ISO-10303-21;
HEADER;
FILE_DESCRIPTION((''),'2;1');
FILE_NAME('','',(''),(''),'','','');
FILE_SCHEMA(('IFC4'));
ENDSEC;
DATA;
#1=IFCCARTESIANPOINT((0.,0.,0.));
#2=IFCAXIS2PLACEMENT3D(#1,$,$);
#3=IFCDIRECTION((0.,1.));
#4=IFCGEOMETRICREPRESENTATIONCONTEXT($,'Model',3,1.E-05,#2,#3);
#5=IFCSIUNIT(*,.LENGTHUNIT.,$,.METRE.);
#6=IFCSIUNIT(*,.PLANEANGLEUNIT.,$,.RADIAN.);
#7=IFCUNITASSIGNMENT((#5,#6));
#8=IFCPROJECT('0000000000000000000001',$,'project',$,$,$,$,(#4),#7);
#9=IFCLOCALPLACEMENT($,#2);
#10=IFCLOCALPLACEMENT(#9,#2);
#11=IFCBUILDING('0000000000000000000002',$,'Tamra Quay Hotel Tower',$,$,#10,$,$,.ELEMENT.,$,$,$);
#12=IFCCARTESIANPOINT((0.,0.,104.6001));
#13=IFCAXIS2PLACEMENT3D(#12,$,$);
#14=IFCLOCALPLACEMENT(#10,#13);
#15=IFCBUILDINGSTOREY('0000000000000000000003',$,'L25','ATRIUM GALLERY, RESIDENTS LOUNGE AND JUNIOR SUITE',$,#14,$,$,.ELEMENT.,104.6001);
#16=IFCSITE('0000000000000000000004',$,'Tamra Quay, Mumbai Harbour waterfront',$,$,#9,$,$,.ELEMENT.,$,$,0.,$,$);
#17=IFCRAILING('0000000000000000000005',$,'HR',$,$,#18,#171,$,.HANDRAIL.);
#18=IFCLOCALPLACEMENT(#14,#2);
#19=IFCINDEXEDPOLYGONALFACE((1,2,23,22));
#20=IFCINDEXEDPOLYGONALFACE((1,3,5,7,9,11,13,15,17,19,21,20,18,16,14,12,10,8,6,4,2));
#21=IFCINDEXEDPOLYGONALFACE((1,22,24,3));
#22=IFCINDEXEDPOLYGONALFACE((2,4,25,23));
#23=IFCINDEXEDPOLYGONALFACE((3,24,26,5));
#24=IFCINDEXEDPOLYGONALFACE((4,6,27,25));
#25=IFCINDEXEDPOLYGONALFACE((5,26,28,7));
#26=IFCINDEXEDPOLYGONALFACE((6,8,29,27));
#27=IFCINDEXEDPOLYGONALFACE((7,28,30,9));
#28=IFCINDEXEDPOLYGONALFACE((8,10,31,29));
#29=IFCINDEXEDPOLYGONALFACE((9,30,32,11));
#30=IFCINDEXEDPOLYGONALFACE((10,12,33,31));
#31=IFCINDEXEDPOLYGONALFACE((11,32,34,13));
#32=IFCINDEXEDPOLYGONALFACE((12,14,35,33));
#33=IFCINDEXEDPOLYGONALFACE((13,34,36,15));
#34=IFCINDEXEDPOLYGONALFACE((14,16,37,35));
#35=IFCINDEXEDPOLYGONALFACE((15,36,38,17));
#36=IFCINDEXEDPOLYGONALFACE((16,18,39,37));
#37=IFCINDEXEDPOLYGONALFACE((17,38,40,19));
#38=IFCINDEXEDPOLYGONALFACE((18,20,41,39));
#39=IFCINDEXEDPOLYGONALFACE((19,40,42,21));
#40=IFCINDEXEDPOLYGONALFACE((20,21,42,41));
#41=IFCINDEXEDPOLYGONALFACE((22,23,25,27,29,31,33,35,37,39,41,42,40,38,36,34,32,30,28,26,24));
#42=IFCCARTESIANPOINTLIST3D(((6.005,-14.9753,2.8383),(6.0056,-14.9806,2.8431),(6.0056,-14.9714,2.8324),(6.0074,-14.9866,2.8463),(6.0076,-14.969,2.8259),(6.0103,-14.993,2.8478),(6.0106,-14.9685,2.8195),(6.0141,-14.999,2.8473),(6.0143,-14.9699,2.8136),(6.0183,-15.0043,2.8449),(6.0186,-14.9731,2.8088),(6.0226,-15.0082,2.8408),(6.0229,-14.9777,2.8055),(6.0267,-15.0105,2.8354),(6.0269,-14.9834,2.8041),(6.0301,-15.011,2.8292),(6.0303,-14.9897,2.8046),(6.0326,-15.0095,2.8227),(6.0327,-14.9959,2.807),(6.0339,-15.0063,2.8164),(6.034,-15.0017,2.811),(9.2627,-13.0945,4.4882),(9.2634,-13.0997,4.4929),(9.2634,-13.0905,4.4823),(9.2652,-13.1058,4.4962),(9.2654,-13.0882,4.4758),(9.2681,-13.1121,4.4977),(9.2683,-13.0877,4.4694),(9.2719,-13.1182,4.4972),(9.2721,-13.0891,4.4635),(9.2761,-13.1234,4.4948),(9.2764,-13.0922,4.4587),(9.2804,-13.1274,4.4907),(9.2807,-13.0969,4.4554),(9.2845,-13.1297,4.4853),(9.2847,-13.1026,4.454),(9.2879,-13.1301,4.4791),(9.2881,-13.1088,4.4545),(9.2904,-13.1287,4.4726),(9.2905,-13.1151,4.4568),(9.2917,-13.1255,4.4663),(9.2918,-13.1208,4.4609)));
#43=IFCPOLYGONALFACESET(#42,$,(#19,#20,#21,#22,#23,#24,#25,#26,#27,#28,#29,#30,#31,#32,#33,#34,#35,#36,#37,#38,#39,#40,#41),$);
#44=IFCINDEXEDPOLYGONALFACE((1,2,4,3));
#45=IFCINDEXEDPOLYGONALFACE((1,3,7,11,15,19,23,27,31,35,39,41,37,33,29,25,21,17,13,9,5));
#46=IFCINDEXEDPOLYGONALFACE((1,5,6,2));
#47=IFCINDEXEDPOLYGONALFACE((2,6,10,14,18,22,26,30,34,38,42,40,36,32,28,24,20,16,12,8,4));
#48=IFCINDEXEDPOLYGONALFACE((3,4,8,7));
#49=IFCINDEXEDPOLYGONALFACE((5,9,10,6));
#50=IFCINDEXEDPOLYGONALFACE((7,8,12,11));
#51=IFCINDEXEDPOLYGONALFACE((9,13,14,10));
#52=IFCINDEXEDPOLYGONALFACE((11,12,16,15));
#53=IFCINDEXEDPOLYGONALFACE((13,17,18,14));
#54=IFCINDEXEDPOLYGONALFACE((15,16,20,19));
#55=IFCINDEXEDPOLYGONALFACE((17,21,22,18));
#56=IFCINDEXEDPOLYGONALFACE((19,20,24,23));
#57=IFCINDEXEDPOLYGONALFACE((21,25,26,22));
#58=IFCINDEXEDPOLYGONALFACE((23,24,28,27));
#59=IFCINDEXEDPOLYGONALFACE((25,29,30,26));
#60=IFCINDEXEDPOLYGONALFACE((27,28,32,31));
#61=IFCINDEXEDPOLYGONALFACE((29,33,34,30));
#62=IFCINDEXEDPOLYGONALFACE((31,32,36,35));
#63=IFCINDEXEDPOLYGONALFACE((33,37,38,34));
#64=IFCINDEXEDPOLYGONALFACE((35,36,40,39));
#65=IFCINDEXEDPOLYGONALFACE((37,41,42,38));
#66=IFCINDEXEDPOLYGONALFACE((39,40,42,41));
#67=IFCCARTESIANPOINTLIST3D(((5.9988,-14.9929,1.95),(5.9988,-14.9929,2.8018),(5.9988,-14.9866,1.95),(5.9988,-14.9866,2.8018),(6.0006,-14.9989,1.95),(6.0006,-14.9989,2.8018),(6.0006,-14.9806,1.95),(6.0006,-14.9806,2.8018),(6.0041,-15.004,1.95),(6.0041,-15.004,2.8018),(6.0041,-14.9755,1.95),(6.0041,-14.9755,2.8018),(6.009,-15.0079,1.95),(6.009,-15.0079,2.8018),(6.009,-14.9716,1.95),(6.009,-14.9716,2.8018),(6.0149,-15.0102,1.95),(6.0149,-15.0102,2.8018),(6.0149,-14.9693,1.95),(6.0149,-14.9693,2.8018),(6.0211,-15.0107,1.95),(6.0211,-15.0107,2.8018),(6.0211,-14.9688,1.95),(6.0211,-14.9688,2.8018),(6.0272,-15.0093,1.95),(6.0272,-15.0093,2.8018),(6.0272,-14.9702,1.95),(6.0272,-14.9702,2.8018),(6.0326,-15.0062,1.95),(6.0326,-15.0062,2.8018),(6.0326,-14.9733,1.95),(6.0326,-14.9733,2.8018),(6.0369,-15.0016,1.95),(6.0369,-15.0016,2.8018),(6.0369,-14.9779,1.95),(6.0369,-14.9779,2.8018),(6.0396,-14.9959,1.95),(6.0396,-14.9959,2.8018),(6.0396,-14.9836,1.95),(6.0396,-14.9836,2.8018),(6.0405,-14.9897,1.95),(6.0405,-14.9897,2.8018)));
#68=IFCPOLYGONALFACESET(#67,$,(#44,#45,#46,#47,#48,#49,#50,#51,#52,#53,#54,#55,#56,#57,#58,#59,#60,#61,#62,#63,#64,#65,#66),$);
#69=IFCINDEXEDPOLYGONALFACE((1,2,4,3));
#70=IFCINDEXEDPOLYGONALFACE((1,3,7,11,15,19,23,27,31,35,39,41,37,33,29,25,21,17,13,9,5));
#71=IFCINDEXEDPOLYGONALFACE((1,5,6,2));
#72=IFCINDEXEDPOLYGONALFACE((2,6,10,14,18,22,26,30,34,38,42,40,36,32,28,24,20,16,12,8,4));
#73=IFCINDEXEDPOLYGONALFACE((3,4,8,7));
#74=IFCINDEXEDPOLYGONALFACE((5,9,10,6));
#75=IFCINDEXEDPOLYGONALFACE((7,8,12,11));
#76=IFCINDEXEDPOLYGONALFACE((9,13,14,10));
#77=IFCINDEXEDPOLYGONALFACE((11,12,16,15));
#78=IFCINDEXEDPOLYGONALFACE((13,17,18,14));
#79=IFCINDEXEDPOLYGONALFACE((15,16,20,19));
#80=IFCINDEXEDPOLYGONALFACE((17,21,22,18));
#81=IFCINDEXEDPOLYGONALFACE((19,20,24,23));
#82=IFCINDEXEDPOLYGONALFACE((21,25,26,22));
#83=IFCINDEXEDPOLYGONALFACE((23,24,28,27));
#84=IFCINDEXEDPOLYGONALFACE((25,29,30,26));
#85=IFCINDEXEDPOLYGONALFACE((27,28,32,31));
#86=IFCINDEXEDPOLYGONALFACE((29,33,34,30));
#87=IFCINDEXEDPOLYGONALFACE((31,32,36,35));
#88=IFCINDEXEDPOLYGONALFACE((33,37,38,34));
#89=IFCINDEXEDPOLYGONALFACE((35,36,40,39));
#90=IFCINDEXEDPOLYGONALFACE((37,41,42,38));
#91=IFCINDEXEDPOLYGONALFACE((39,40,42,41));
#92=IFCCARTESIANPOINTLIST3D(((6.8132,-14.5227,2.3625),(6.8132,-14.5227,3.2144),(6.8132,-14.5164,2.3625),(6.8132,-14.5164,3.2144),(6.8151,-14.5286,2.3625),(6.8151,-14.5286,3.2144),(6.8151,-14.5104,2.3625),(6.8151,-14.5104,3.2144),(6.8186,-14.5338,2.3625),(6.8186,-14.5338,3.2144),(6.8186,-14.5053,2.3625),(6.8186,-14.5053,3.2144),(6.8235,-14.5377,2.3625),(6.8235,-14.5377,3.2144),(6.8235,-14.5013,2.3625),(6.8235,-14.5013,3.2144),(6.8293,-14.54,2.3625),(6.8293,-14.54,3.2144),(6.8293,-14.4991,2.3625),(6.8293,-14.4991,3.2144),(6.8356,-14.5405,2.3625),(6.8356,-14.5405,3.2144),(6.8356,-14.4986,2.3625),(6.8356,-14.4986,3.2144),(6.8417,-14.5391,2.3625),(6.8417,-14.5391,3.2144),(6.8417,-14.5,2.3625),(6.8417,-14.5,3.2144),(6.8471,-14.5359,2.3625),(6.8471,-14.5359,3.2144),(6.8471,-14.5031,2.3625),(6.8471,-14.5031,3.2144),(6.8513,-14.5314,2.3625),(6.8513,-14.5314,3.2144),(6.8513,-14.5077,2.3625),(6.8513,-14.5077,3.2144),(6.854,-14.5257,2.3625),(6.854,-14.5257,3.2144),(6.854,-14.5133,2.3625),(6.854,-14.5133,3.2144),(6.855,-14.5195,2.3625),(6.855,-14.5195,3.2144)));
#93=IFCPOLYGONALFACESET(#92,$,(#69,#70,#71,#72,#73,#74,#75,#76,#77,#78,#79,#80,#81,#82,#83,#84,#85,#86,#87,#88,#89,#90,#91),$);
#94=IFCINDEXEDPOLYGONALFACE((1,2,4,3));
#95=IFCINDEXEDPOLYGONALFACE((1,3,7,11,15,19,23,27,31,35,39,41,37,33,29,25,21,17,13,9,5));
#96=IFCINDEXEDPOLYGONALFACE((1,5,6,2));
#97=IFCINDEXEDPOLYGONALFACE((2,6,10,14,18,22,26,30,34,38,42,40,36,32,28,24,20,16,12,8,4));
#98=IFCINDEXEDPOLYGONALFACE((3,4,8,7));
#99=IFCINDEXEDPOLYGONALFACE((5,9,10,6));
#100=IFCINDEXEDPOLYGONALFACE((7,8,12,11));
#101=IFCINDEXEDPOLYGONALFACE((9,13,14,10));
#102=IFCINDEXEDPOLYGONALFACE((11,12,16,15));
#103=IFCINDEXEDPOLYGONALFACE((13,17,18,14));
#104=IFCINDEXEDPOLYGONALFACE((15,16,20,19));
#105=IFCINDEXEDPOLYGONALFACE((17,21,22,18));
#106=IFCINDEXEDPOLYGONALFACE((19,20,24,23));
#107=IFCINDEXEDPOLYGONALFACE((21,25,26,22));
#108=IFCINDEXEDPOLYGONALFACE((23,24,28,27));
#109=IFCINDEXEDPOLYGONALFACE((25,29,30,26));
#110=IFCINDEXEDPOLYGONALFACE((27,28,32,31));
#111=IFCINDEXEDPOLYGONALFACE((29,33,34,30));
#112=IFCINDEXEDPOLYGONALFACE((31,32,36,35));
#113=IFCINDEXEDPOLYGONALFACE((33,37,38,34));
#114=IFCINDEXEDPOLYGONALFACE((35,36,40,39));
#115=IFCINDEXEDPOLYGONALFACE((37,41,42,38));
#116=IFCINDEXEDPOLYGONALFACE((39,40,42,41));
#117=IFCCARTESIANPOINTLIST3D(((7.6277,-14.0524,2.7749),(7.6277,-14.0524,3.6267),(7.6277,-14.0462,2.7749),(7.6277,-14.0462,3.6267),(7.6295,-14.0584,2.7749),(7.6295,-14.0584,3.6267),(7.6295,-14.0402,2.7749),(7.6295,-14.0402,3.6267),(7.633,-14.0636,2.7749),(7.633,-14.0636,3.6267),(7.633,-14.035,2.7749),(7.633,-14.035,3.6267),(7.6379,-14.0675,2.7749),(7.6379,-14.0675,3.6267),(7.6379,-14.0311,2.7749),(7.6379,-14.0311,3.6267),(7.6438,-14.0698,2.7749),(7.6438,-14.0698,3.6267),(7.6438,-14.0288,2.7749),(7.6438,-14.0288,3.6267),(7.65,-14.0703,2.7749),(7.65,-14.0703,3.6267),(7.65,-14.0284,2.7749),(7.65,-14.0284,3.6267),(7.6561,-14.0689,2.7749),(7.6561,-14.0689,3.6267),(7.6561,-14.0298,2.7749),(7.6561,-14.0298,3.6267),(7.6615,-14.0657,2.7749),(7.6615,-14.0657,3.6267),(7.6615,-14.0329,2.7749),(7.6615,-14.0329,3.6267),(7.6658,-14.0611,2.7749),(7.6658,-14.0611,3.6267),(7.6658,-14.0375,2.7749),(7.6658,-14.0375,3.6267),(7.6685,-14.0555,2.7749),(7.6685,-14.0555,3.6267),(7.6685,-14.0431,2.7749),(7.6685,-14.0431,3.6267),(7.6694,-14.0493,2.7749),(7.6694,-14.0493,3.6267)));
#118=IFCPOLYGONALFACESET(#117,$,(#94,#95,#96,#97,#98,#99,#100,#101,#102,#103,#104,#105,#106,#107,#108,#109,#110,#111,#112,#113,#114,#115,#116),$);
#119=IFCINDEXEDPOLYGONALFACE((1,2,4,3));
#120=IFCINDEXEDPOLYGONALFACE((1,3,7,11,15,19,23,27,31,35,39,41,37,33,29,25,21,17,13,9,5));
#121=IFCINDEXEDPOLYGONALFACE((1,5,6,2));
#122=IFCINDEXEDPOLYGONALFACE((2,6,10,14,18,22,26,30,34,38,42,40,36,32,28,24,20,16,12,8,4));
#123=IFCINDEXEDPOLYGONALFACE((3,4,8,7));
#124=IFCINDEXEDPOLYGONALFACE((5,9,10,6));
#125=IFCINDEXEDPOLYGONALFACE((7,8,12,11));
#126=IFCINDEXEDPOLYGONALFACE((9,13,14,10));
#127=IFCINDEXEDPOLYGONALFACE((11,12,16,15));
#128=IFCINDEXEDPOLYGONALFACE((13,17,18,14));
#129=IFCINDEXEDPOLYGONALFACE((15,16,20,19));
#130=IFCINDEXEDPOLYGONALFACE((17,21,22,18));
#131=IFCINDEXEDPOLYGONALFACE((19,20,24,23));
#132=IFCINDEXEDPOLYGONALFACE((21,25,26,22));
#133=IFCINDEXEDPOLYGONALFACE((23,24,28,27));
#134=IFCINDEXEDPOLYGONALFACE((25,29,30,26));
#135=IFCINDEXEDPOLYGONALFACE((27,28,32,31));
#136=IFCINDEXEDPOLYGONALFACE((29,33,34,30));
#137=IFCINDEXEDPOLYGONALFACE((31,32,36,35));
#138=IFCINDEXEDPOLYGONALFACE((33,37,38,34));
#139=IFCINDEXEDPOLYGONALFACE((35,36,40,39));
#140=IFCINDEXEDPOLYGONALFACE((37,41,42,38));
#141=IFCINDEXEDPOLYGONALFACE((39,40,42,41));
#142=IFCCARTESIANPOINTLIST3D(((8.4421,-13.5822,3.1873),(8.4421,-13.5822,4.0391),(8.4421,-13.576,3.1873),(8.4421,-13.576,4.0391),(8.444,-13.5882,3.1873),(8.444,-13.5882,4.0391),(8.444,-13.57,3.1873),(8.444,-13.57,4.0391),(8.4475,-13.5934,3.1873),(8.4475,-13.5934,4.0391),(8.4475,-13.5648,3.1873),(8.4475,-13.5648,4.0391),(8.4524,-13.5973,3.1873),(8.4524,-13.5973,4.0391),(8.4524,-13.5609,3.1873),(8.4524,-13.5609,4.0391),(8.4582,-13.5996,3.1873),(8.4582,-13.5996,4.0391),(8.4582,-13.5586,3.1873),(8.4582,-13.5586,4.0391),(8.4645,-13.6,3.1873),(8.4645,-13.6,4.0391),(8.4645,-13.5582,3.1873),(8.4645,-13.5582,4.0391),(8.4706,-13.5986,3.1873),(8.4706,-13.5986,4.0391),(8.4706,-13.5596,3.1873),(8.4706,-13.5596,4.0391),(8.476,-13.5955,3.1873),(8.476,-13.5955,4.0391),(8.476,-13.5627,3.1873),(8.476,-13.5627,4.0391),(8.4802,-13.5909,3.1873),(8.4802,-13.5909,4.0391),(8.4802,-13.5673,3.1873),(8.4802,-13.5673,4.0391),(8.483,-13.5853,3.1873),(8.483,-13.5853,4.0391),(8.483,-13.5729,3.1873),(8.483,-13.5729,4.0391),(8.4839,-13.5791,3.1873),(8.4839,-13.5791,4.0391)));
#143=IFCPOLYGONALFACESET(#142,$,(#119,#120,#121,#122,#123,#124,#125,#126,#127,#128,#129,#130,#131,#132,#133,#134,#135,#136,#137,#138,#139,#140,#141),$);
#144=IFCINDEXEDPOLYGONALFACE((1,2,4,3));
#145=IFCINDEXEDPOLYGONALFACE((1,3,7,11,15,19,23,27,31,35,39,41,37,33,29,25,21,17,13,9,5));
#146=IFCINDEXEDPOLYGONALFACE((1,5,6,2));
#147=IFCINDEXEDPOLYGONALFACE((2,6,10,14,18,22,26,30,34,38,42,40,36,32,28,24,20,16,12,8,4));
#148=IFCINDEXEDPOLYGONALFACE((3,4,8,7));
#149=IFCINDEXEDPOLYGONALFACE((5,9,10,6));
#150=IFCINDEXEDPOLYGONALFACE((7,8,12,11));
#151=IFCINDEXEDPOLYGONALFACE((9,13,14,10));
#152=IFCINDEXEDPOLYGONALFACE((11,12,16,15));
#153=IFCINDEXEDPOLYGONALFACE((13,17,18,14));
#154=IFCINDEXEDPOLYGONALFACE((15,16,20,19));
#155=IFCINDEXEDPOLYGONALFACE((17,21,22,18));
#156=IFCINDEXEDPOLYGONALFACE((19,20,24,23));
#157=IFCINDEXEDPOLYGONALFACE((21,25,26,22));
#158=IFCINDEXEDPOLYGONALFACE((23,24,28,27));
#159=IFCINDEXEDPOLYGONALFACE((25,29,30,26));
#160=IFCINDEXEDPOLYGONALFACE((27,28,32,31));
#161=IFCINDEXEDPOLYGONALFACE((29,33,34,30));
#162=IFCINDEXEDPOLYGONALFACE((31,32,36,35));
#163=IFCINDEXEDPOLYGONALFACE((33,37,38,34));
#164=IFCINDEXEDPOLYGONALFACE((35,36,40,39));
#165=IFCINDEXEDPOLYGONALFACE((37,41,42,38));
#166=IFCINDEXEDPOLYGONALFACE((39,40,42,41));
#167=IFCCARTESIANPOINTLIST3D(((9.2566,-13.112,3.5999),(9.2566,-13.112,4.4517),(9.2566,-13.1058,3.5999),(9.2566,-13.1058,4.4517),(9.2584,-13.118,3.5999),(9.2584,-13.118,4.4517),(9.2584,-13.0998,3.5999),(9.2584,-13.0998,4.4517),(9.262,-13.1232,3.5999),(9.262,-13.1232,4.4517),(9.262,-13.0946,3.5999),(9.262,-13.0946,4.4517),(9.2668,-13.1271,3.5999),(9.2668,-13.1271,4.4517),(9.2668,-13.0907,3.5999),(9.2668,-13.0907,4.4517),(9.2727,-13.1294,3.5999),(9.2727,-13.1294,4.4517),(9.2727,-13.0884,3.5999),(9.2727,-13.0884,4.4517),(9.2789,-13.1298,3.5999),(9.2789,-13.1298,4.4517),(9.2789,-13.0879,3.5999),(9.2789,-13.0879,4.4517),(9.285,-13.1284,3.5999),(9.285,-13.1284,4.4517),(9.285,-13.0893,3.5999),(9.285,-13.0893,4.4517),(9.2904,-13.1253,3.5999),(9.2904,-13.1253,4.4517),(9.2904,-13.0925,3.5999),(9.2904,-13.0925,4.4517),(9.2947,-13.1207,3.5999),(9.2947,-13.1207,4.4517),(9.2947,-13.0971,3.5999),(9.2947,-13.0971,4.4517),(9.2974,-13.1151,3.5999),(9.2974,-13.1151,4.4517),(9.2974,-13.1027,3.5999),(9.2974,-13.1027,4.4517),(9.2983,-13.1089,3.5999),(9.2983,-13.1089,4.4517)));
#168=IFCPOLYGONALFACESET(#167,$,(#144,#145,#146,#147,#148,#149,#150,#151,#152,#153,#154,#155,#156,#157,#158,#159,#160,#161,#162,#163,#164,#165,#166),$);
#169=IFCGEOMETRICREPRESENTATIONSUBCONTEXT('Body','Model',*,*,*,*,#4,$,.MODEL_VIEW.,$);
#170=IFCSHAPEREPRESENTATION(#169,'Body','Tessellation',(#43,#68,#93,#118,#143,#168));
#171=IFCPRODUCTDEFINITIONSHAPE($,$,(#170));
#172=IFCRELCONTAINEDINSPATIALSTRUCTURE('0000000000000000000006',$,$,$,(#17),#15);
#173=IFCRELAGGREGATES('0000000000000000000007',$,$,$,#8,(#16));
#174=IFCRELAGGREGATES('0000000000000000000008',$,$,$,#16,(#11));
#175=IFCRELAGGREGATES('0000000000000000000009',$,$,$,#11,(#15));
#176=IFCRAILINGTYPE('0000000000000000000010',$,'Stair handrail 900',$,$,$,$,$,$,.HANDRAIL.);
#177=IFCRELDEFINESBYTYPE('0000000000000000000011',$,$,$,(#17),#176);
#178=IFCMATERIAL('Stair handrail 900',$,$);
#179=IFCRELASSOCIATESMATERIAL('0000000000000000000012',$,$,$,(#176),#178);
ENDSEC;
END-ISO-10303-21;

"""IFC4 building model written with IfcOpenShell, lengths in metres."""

from ifc_helpers import new_model, si_unit, direction, frame, origin, origin_2d, place, context, subcontext, project, spatial, circle, extrude, material, type_object, element, save


model = new_model("IFC4")

# Units and contexts
model_context = context("Model", 3, precision=1e-05, world=origin(), true_north=direction((0.0, 1.0)))
body_context = subcontext(model_context, "Body", "Model", "MODEL_VIEW")
ifc_project = project(units=[si_unit("LENGTHUNIT", "METRE"), si_unit("PLANEANGLEUNIT", "RADIAN")], contexts=[model_context])

# Site, building, storey
site_placement = place(None, origin())
site = spatial("IfcSite", under=ifc_project, at=site_placement, Name="Tamra Quay, Mumbai Harbour waterfront", CompositionType="ELEMENT", RefElevation=0.0)
building_placement = place(site_placement, origin())
building = spatial("IfcBuilding", under=site, at=building_placement, Name="Tamra Quay Hotel Tower", CompositionType="ELEMENT")
storey_placement = place(building_placement, frame((0.0, 0.0, 104.6001)))
storey = spatial("IfcBuildingStorey", under=building, at=storey_placement, Name="L25", Description="ATRIUM GALLERY, RESIDENTS LOUNGE AND JUNIOR SUITE", CompositionType="ELEMENT", Elevation=104.6001)

# Railing
ifc_material_1 = material(Name="Stair handrail 900")
railing_type_1 = type_object("IfcRailingType", Name="Stair handrail 900", PredefinedType="HANDRAIL", material=ifc_material_1)
railing_1_placement = place(storey_placement, frame((6.0195, -14.9897, 1.95)))
element("IfcRailing", 1, at=railing_1_placement, inside=storey, type_object=railing_type_1, Name="HR", PredefinedType="HANDRAIL", context=body_context, shape_type="SweptSolid", body=[
    extrude(circle(Radius=0.0239, at=origin_2d()), frame((0.0, 0.0, 0.876), z_axis=(0.7931, 0.457887, 0.401661), x_axis=(-0.499992, 0.86603, 0.0)), (0.0, 0.0, 1.0), 4.1077),
    extrude(circle(Radius=0.021, at=origin_2d()), origin(), (0.0, 0.0, 1.0), 0.8518),
    extrude(circle(Radius=0.021, at=origin_2d()), frame((0.8145, 0.4702, 0.4126)), (0.0, 0.0, 1.0), 0.8518),
    extrude(circle(Radius=0.021, at=origin_2d()), frame((1.6289, 0.9404, 0.825)), (0.0, 0.0, 1.0), 0.8518),
    extrude(circle(Radius=0.021, at=origin_2d()), frame((2.4434, 1.4106, 1.2373)), (0.0, 0.0, 1.0), 0.8518),
    extrude(circle(Radius=0.021, at=origin_2d()), frame((3.2578, 1.8809, 1.6499)), (0.0, 0.0, 1.0), 0.8518),
])

save(model, "model.ifc")
